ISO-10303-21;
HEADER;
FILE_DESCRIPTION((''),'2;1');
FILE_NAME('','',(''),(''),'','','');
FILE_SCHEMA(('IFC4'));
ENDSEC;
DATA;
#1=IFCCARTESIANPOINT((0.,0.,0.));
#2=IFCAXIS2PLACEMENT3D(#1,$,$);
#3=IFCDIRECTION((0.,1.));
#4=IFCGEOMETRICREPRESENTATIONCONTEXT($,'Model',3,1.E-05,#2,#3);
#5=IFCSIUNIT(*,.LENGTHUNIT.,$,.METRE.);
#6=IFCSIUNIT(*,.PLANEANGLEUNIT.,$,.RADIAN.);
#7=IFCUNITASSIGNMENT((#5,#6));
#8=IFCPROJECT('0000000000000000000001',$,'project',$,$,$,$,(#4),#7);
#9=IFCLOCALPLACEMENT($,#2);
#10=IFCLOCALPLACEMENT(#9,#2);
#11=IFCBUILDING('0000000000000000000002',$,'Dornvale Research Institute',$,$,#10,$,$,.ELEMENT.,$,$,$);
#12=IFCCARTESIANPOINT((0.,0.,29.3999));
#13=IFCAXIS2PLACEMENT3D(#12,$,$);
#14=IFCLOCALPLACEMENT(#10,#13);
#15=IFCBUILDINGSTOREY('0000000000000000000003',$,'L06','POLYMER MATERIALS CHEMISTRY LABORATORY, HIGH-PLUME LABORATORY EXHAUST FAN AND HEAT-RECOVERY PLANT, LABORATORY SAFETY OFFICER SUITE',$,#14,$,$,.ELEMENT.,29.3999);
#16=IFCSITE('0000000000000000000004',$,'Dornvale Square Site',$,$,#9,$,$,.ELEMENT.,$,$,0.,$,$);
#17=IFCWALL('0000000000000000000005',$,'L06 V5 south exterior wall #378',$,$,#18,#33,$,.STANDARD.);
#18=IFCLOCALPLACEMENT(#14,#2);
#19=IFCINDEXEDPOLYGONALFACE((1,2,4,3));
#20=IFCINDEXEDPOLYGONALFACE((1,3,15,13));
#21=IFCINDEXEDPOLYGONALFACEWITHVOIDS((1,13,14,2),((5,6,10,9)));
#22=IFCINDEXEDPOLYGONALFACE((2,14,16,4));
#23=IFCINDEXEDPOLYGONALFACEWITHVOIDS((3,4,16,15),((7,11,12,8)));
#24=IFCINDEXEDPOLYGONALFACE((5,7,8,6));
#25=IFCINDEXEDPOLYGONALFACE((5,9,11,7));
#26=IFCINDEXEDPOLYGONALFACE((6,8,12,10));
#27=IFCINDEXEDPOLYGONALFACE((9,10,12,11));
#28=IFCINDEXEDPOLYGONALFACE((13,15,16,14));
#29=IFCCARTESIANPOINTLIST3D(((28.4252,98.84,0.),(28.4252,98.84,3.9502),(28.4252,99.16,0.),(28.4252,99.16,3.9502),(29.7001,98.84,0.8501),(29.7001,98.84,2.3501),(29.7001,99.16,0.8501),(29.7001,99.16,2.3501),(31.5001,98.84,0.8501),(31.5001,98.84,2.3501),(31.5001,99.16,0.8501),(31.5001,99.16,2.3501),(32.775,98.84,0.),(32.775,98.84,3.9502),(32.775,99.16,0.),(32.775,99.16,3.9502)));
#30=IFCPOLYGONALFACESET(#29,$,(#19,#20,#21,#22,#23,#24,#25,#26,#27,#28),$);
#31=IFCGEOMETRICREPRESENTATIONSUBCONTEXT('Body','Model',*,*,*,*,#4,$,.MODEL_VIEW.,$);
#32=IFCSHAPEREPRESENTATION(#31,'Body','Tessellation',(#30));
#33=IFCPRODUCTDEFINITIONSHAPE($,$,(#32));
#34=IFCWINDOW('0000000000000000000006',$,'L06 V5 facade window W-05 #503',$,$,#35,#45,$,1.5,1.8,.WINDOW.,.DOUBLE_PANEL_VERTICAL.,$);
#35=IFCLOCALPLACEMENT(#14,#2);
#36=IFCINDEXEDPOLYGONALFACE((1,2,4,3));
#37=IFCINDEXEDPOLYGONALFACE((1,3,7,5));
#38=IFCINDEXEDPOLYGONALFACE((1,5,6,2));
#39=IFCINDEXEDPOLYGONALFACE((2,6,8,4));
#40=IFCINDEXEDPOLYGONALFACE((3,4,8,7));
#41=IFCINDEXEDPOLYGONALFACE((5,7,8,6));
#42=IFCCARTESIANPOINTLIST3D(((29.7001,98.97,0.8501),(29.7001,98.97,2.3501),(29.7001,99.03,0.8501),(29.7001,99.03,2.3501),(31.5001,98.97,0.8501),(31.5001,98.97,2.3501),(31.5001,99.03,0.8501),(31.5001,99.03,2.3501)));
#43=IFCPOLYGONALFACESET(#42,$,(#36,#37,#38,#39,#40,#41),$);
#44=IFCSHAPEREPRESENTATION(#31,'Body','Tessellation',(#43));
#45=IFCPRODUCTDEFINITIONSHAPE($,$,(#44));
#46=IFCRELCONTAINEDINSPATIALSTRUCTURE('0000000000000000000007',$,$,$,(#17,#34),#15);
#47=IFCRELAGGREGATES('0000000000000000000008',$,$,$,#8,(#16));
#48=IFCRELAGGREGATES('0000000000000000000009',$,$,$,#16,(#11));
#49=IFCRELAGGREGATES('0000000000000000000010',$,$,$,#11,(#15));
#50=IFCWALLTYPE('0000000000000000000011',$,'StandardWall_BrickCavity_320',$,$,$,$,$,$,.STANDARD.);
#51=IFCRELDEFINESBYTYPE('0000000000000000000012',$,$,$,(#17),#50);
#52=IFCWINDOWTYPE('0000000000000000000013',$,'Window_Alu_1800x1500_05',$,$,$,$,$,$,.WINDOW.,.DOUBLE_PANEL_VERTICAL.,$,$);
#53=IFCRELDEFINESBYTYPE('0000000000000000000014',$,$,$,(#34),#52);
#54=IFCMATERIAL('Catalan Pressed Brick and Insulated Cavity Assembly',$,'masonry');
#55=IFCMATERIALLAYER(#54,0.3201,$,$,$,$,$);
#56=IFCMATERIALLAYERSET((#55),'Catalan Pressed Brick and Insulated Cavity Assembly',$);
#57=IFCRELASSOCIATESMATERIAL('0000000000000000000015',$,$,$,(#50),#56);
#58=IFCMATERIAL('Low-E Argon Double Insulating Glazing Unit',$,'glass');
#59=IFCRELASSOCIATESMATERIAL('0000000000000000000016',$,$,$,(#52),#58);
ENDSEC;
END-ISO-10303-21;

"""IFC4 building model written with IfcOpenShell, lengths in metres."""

from ifc_helpers import new_model, si_unit, direction, frame, frame_2d, origin, place, context, subcontext, project, spatial, rectangle, extrude, material, layer, layer_set, type_object, element, fill, save


model = new_model("IFC4")

# Units and contexts
model_context = context("Model", 3, precision=1e-05, world=origin(), true_north=direction((0.0, 1.0)))
body_context = subcontext(model_context, "Body", "Model", "MODEL_VIEW")
ifc_project = project(units=[si_unit("LENGTHUNIT", "METRE"), si_unit("PLANEANGLEUNIT", "RADIAN")], contexts=[model_context])

# Site, building, storey
site_placement = place(None, origin())
site = spatial("IfcSite", under=ifc_project, at=site_placement, Name="Dornvale Square Site", CompositionType="ELEMENT", RefElevation=0.0)
building_placement = place(site_placement, origin())
building = spatial("IfcBuilding", under=site, at=building_placement, Name="Dornvale Research Institute", CompositionType="ELEMENT")
storey_placement = place(building_placement, frame((0.0, 0.0, 29.3999)))
storey = spatial("IfcBuildingStorey", under=building, at=storey_placement, Name="L06", Description="POLYMER MATERIALS CHEMISTRY LABORATORY, HIGH-PLUME LABORATORY EXHAUST FAN AND HEAT-RECOVERY PLANT, LABORATORY SAFETY OFFICER SUITE", CompositionType="ELEMENT", Elevation=29.3999)

# Wall, opening, window
ifc_material_1 = material(Name="Catalan Pressed Brick and Insulated Cavity Assembly", Category="masonry")
ifc_layer_1 = layer(ifc_material_1, 0.3201)
ifc_layer_set_1 = layer_set([ifc_layer_1], Name="Catalan Pressed Brick and Insulated Cavity Assembly")
wall_type_1 = type_object("IfcWallType", Name="StandardWall_BrickCavity_320", PredefinedType="STANDARD", material=ifc_layer_set_1)
wall_1_placement = place(storey_placement, frame((32.7749, 99.0, 0.0), z_axis=(0.0, 0.0, 1.0), x_axis=(-1.0, 0.0, 0.0)))
wall_1 = element("IfcWall", 1, at=wall_1_placement, inside=storey, type_object=wall_type_1, Name="L06 V5 south exterior wall #378", PredefinedType="STANDARD", context=body_context, shape_type="SweptSolid", body=[
    extrude(rectangle(XDim=4.3499, YDim=0.3201, at=frame_2d((2.1748, 0.0))), origin(), (0.0, 0.0, 1.0), 3.9502),
])
opening_1_placement = place(wall_1_placement, frame((1.2749, 0.0, 0.8501)))
opening_1 = element("IfcOpeningElement", 2, at=opening_1_placement, cuts=wall_1, PredefinedType="OPENING", context=body_context, shape_type="SweptSolid", body=[
    extrude(rectangle(XDim=1.8, YDim=1.5, at=frame_2d((0.8999, 0.75))), frame((0.0, 0.175, 0.0), z_axis=(0.0, -1.0, 0.0), x_axis=(1.0, 0.0, 0.0)), (0.0, 0.0, 1.0), 0.3501),
])
ifc_material_2 = material(Name="Low-E Argon Double Insulating Glazing Unit", Category="glass")
window_type = type_object("IfcWindowType", Name="Window_Alu_1800x1500_05", PartitioningType="DOUBLE_PANEL_VERTICAL", PredefinedType="WINDOW", material=ifc_material_2)
window_placement = place(opening_1_placement, origin())
window = element("IfcWindow", 3, at=window_placement, inside=storey, type_object=window_type, Name="L06 V5 facade window W-05 #503", OverallHeight=1.5, OverallWidth=1.8, PartitioningType="DOUBLE_PANEL_VERTICAL", PredefinedType="WINDOW", context=body_context, shape_type="SweptSolid", body=[
    extrude(rectangle(XDim=1.8, YDim=1.5, at=frame_2d((0.8999, 0.75))), frame((0.0, 0.03, 0.0), z_axis=(0.0, -1.0, 0.0), x_axis=(1.0, 0.0, 0.0)), (0.0, 0.0, 1.0), 0.0601),
])
fill(opening_1, window)

save(model, "model.ifc")
